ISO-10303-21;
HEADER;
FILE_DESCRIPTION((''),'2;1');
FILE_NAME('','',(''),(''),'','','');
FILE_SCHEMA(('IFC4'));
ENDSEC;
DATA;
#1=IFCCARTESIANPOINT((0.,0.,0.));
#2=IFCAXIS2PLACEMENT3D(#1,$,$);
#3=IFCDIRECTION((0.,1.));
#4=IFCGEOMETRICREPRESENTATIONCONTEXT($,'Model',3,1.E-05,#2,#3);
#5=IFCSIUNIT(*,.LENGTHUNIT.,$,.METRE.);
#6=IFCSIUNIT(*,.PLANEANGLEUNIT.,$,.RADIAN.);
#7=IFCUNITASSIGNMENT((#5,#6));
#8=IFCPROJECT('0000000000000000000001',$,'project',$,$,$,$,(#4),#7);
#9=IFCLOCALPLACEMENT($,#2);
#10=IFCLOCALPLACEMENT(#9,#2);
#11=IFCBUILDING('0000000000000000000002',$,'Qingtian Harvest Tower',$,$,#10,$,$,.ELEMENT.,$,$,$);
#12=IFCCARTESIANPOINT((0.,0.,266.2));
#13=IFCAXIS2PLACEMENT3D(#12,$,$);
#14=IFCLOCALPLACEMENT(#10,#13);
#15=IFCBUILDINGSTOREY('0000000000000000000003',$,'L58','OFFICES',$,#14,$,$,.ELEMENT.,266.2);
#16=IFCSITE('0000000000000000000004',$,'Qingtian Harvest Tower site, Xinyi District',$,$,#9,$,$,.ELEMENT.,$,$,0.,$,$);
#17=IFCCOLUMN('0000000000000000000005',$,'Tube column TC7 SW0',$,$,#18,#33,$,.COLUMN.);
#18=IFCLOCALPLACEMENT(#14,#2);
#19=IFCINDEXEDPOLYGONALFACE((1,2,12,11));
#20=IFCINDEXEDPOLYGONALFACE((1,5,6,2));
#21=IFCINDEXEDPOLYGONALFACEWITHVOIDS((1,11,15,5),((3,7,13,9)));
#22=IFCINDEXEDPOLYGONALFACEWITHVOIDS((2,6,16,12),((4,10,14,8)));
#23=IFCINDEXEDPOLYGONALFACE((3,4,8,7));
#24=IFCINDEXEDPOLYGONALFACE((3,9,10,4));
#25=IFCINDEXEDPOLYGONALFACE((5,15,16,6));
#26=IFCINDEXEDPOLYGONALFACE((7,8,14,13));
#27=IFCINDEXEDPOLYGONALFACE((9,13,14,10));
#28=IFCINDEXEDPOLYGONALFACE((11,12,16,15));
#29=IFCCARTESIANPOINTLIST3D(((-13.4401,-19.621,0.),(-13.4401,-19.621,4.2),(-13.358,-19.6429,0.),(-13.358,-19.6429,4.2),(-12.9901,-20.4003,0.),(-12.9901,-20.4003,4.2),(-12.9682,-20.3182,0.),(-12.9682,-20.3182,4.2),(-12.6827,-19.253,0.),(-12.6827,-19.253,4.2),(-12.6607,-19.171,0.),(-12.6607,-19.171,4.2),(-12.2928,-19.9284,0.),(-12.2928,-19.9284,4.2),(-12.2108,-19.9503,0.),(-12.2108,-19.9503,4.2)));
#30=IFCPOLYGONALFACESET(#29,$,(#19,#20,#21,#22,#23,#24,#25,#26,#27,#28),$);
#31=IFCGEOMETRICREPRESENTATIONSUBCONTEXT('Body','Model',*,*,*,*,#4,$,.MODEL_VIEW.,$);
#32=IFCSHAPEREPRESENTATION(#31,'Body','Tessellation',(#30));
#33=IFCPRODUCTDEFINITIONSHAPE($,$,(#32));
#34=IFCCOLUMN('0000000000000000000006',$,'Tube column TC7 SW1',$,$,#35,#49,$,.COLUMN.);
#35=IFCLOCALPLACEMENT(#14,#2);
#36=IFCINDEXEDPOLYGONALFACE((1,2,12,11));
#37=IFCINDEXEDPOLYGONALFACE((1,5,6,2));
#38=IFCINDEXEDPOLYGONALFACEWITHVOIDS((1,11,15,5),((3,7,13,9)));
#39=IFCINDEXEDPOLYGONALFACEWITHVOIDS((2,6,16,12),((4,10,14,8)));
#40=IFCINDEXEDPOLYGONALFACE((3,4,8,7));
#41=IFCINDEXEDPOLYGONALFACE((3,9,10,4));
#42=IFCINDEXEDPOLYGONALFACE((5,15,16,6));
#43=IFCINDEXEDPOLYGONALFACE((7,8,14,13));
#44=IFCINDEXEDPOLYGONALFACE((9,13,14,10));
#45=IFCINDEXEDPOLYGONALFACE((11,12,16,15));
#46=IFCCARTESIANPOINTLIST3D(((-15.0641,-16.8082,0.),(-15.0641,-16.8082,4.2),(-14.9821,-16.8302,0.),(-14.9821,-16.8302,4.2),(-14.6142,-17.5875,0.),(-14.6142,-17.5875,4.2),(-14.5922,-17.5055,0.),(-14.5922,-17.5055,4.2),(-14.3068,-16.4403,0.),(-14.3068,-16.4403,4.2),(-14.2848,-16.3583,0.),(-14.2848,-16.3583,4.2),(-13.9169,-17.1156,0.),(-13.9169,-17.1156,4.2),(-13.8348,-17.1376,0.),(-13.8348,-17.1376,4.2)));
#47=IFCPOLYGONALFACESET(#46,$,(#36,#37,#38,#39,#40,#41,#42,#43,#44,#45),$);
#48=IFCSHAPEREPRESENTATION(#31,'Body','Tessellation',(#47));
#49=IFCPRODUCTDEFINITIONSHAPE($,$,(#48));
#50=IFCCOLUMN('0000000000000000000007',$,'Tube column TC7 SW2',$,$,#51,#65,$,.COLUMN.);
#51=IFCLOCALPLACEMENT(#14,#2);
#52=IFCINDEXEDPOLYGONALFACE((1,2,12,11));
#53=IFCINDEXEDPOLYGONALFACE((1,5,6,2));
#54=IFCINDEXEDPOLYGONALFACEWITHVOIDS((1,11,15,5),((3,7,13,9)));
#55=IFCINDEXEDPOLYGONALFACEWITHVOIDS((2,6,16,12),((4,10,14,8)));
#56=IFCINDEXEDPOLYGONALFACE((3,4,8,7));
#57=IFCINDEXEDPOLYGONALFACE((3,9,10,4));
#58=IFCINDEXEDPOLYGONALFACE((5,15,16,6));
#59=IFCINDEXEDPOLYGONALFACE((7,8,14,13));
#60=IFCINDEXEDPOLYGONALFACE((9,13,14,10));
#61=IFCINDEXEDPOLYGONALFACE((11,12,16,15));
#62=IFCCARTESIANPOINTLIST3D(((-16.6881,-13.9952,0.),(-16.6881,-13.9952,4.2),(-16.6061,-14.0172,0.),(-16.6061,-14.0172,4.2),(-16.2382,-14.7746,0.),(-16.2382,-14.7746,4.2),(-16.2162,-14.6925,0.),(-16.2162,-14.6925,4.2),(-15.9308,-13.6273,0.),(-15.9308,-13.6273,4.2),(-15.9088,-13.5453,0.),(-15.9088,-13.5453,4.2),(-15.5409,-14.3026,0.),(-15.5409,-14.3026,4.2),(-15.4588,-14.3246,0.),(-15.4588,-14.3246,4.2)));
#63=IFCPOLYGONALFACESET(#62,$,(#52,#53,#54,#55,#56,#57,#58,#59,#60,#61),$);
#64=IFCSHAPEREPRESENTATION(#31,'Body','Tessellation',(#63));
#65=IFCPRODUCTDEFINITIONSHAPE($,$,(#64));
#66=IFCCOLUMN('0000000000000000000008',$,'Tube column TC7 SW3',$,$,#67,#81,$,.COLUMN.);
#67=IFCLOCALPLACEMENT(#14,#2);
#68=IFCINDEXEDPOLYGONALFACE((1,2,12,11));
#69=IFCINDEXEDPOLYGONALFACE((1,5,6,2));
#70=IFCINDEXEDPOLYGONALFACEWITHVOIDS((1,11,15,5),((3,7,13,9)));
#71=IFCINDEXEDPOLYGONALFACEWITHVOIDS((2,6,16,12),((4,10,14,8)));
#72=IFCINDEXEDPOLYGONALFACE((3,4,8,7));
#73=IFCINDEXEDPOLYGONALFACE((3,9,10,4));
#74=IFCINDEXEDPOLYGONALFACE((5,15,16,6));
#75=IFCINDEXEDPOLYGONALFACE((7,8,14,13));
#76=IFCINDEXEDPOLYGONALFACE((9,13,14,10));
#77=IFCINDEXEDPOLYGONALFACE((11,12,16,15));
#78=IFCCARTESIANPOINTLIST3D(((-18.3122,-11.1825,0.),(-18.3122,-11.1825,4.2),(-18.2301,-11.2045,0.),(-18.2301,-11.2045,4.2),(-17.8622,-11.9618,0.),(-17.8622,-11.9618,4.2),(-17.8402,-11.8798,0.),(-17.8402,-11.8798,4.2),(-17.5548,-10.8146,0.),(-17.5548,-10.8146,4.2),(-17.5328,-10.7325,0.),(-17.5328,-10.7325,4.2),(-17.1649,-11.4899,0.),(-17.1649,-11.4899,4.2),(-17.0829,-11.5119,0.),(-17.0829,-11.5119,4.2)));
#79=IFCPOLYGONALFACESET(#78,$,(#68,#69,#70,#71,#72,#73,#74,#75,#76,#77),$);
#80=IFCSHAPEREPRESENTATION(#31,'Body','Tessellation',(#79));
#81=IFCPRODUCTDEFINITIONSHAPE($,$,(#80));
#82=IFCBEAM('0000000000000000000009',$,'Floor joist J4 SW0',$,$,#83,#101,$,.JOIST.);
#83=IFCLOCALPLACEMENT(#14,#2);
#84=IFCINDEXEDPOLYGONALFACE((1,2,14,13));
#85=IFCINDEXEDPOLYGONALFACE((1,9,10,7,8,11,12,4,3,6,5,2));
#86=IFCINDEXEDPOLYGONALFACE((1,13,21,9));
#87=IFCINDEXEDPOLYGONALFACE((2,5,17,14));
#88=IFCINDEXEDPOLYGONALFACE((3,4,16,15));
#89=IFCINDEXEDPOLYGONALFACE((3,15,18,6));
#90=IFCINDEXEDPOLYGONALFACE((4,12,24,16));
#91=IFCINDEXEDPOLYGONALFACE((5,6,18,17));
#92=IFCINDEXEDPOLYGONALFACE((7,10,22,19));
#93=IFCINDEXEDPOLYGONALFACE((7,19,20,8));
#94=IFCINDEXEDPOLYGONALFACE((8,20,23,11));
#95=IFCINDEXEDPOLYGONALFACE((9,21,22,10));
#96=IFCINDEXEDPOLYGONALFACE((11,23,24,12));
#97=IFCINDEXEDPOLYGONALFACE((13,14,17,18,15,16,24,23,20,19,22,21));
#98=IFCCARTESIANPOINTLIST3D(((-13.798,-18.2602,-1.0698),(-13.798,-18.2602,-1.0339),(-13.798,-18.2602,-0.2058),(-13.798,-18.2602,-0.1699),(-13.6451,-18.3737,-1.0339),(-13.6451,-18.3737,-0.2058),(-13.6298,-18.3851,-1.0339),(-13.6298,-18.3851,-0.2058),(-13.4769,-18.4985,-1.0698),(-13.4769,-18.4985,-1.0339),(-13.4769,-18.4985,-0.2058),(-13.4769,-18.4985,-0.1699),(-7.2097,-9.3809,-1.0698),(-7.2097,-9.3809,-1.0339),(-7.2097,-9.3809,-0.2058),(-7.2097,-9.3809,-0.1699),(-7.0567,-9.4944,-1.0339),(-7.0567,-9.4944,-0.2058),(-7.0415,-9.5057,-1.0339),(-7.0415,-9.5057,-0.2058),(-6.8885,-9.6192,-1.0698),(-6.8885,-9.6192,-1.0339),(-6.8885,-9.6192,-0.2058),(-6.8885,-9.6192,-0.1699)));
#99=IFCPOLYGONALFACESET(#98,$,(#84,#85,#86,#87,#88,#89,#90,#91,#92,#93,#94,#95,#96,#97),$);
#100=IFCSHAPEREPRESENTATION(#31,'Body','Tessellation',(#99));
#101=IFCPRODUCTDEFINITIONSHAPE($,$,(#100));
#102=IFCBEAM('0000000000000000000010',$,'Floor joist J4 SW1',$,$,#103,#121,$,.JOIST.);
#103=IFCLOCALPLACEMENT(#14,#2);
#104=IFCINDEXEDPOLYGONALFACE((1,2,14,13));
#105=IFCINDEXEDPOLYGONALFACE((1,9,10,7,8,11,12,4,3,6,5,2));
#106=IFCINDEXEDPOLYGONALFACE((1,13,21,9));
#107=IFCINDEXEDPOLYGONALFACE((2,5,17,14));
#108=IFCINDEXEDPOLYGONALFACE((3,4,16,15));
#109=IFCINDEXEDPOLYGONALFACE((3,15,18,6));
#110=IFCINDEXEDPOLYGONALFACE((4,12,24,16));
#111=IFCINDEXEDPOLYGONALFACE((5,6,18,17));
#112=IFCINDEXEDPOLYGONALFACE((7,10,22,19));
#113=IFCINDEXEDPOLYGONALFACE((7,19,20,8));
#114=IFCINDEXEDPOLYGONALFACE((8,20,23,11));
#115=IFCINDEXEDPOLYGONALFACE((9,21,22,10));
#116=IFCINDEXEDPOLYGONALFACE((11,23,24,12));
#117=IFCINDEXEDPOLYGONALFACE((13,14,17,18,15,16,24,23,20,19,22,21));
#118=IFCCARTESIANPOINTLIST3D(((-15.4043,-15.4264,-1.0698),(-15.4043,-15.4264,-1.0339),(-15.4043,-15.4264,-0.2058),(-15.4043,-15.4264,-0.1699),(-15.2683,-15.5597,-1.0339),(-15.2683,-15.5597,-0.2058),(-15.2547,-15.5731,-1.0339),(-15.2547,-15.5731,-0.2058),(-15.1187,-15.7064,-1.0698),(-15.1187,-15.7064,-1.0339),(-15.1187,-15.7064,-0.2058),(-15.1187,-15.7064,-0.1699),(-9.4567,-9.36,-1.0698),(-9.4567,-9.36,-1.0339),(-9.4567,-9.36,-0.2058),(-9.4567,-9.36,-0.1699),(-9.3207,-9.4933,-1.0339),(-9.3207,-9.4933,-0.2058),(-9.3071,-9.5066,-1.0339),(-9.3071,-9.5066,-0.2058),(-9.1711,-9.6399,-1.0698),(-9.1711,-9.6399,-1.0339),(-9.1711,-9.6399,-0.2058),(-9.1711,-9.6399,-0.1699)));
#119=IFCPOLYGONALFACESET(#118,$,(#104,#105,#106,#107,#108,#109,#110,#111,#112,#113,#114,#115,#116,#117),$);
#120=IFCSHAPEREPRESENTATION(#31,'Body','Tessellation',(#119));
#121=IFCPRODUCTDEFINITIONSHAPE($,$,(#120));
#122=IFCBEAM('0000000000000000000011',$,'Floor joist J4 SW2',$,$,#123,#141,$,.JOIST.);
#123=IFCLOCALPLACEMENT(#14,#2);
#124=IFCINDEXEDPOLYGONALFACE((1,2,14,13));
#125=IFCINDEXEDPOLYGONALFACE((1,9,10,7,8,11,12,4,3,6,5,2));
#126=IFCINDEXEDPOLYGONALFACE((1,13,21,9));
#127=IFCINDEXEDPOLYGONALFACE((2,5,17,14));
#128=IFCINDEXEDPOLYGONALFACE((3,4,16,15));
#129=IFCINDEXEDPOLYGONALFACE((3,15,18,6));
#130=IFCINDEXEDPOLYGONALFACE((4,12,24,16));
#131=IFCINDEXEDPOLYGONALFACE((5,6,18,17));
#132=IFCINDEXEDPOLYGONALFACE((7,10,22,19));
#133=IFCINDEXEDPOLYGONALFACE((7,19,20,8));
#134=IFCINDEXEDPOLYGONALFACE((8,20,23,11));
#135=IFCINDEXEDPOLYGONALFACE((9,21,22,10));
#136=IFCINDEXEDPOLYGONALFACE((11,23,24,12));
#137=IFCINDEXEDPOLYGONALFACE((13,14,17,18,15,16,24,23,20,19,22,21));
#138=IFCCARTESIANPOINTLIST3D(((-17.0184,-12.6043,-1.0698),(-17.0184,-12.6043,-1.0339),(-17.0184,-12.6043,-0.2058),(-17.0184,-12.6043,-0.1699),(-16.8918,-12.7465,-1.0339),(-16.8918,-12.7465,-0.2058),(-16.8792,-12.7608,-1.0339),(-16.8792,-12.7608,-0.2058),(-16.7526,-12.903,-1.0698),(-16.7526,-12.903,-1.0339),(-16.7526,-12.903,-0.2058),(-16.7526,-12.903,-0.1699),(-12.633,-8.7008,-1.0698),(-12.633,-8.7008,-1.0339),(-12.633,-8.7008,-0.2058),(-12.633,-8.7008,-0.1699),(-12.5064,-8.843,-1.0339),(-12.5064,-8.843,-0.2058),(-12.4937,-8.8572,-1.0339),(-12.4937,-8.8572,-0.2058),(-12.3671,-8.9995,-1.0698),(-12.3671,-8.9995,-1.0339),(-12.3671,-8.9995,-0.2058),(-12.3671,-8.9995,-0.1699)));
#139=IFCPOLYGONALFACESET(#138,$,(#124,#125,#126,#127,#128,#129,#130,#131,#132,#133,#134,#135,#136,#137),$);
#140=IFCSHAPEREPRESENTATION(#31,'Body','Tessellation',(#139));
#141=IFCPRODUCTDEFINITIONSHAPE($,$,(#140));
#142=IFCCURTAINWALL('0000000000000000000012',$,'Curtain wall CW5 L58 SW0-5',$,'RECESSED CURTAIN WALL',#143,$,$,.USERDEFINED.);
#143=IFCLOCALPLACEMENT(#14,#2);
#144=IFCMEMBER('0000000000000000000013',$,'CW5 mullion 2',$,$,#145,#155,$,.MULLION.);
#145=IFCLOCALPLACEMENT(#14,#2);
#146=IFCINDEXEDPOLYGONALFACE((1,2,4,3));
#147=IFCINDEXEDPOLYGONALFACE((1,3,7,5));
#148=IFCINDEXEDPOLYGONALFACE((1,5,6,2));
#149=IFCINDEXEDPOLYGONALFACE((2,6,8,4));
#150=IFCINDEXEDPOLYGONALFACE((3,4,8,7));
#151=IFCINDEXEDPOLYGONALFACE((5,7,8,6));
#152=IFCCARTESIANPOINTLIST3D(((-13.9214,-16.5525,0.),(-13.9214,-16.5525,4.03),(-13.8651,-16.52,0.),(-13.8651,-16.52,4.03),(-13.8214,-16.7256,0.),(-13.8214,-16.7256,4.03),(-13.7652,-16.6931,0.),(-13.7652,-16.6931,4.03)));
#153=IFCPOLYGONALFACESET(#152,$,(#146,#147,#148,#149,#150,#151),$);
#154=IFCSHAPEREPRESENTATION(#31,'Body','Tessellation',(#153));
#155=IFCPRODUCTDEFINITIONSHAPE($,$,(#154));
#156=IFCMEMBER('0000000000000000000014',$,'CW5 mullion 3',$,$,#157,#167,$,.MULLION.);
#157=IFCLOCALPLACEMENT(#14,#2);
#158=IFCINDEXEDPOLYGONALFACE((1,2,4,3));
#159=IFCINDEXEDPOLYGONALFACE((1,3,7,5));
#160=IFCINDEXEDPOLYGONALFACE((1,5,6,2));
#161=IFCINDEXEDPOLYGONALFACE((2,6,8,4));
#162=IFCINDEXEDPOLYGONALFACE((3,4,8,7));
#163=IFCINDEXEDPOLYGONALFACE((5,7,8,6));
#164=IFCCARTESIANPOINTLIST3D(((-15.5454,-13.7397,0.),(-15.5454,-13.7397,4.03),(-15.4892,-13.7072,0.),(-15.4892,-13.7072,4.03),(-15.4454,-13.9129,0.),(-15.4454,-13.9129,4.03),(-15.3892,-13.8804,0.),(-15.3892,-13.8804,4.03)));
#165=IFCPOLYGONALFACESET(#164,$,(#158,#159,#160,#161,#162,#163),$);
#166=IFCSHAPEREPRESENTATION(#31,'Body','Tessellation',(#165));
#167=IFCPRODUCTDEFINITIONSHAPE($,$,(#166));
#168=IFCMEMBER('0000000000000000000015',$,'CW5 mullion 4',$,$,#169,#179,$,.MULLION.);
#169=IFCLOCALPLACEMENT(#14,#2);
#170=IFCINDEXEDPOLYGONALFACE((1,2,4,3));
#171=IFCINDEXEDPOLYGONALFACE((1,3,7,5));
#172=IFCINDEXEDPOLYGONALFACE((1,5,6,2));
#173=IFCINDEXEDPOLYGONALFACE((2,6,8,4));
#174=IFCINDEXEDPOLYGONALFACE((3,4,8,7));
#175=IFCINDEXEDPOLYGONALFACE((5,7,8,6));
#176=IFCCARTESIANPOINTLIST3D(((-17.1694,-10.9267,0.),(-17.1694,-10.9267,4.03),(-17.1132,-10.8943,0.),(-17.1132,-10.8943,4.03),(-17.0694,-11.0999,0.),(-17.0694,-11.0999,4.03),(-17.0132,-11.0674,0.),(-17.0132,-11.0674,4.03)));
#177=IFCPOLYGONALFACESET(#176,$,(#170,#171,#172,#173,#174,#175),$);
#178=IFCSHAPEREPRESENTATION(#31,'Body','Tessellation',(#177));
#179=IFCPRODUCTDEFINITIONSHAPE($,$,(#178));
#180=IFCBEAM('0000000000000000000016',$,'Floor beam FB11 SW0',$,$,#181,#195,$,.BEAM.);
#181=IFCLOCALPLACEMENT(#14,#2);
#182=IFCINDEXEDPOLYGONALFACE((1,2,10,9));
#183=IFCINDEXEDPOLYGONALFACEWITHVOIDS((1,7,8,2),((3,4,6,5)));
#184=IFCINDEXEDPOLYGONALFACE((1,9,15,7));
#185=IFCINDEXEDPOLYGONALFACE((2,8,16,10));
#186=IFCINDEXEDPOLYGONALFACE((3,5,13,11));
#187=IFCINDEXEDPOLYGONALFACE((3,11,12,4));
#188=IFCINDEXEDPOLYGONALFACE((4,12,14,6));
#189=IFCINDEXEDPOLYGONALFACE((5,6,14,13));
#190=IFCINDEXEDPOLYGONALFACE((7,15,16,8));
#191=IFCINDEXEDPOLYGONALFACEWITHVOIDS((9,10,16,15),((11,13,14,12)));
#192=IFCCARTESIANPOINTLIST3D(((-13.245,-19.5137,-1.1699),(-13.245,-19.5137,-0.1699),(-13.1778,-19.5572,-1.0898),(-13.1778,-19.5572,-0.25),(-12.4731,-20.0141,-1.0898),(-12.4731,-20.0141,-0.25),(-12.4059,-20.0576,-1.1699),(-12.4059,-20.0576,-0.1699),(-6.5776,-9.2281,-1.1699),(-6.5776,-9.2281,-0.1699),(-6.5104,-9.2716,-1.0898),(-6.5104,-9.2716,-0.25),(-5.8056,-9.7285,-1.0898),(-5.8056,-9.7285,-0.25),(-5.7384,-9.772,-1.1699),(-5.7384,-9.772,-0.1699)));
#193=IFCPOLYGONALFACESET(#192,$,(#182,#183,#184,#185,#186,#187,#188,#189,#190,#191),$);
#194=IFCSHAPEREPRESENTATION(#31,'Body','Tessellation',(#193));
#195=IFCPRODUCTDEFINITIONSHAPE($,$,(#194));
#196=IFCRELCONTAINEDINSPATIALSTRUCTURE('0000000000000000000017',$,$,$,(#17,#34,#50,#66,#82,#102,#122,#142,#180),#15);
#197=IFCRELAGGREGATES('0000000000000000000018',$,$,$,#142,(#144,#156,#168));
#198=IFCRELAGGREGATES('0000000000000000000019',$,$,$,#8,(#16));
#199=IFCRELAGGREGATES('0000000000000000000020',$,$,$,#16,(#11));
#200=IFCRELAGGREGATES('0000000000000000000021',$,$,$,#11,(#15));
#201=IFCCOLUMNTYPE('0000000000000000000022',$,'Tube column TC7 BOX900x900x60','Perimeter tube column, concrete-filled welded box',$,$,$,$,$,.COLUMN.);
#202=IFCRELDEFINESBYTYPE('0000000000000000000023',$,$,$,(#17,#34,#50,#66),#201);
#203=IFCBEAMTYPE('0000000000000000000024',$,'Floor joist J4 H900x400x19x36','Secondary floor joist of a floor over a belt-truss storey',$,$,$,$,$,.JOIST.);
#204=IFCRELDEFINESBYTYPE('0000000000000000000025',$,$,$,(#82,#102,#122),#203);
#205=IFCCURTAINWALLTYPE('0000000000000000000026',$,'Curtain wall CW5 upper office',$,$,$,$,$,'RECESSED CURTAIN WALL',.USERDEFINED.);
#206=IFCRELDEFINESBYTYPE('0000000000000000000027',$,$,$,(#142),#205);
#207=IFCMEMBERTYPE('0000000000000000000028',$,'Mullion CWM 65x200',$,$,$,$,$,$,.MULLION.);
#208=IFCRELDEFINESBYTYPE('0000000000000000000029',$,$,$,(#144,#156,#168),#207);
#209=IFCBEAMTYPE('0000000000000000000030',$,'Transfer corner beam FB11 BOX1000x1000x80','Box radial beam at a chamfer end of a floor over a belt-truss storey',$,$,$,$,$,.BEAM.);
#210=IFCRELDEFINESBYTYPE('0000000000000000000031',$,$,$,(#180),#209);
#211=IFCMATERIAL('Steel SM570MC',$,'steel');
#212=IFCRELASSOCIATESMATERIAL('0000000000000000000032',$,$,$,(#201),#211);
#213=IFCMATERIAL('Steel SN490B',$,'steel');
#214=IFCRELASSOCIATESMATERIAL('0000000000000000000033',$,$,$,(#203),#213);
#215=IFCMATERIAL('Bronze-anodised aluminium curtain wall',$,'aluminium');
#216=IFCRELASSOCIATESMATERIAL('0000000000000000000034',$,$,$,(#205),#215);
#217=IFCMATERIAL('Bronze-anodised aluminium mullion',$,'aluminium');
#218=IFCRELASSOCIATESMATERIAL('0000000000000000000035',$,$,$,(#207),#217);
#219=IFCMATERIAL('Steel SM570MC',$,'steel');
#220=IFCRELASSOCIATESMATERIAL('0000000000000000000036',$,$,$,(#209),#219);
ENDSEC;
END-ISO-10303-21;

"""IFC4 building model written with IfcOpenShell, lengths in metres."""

from ifc_helpers import new_model, si_unit, direction, frame, origin, origin_2d, place, context, subcontext, project, spatial, rectangle, hollow_rectangle, i_section, extrude, material, material_profile, profile_set, type_object, element, aggregate, save


model = new_model("IFC4")

# Units and contexts
model_context = context("Model", 3, precision=1e-05, world=origin(), true_north=direction((0.0, 1.0)))
body_context = subcontext(model_context, "Body", "Model", "MODEL_VIEW")
ifc_project = project(units=[si_unit("LENGTHUNIT", "METRE"), si_unit("PLANEANGLEUNIT", "RADIAN")], contexts=[model_context])

# Site, building, storey
site_placement = place(None, origin())
site = spatial("IfcSite", under=ifc_project, at=site_placement, Name="Qingtian Harvest Tower site, Xinyi District", CompositionType="ELEMENT", RefElevation=0.0)
building_placement = place(site_placement, origin())
building = spatial("IfcBuilding", under=site, at=building_placement, Name="Qingtian Harvest Tower", CompositionType="ELEMENT")
storey_placement = place(building_placement, frame((0.0, 0.0, 266.2)))
storey = spatial("IfcBuildingStorey", under=building, at=storey_placement, Name="L58", Description="OFFICES", CompositionType="ELEMENT", Elevation=266.2)

# Columns
ifc_material_1 = material(Name="Steel SM570MC", Category="steel")
ifc_material_profile_1 = material_profile(ifc_material_1, hollow_rectangle(XDim=0.8999, YDim=0.8999, WallThickness=0.0601, at=origin_2d()), Name="BOX900x900x60")
ifc_profile_set_1 = profile_set([ifc_material_profile_1], Name="Steel SM570MC")
column_type = type_object("IfcColumnType", Name="Tube column TC7 BOX900x900x60", Description="Perimeter tube column, concrete-filled welded box", PredefinedType="COLUMN", material=ifc_profile_set_1)
for number, where, z_axis, x_axis, name in (
    (1, (-12.8254, -19.7856, 0.0), (0.0, 0.0, 1.0), (0.5, -0.866025, 0.0), "Tube column TC7 SW0"),
    (2, (-14.4495, -16.9729, 0.0), (0.0, 0.0, 1.0), (0.5, -0.866025, 0.0), "Tube column TC7 SW1"),
    (3, (-16.0735, -14.1599, 0.0), (0.0, 0.0, 1.0), (0.5, -0.866025, 0.0), "Tube column TC7 SW2"),
    (4, (-17.6975, -11.3472, 0.0), (0.0, 0.0, 1.0), (0.5, -0.866025, 0.0), "Tube column TC7 SW3"),
):
    element("IfcColumn", number, at=place(storey_placement, frame(where, z_axis=z_axis, x_axis=x_axis)), inside=storey, type_object=column_type, Name=name, PredefinedType="COLUMN", context=body_context, shape_type="SweptSolid", body=[
        extrude(hollow_rectangle(XDim=0.8999, YDim=0.8999, WallThickness=0.0601, at=origin_2d()), origin(), (0.0, 0.0, 1.0), 4.2),
    ])

# Beams
ifc_material_2 = material(Name="Steel SN490B", Category="steel")
ifc_material_profile_2 = material_profile(ifc_material_2, i_section(OverallWidth=0.3999, OverallDepth=0.8999, WebThickness=0.019, FlangeThickness=0.0359, at=origin_2d()), Name="H900x400x19x36")
ifc_profile_set_2 = profile_set([ifc_material_profile_2], Name="Steel SN490B")
beam_type_1 = type_object("IfcBeamType", Name="Floor joist J4 H900x400x19x36", Description="Secondary floor joist of a floor over a belt-truss storey", PredefinedType="JOIST", material=ifc_profile_set_2)
beam_1_placement = place(storey_placement, frame((-13.6375, -18.3794, -0.6199), z_axis=(0.595873, 0.803079, 0.0), x_axis=(-0.803079, 0.595873, 0.0)))
element("IfcBeam", 5, at=beam_1_placement, inside=storey, type_object=beam_type_1, Name="Floor joist J4 SW0", PredefinedType="JOIST", context=body_context, shape_type="SweptSolid", body=[
    extrude(i_section(OverallWidth=0.3999, OverallDepth=0.8999, WebThickness=0.019, FlangeThickness=0.0359, at=origin_2d()), origin(), (0.0, 0.0, 1.0), 11.0566),
])
beam_2_placement = place(storey_placement, frame((-15.2615, -15.5664, -0.6199), z_axis=(0.700075, 0.71407, 0.0), x_axis=(-0.71407, 0.700075, 0.0)))
element("IfcBeam", 6, at=beam_2_placement, inside=storey, type_object=beam_type_1, Name="Floor joist J4 SW1", PredefinedType="JOIST", context=body_context, shape_type="SweptSolid", body=[
    extrude(i_section(OverallWidth=0.3999, OverallDepth=0.8999, WebThickness=0.019, FlangeThickness=0.0359, at=origin_2d()), origin(), (0.0, 0.0, 1.0), 8.4956),
])
beam_3_placement = place(storey_placement, frame((-16.8855, -12.7537, -0.6199), z_axis=(0.746957, 0.664872, 0.0), x_axis=(-0.664872, 0.746957, 0.0)))
element("IfcBeam", 7, at=beam_3_placement, inside=storey, type_object=beam_type_1, Name="Floor joist J4 SW2", PredefinedType="JOIST", context=body_context, shape_type="SweptSolid", body=[
    extrude(i_section(OverallWidth=0.3999, OverallDepth=0.8999, WebThickness=0.019, FlangeThickness=0.0359, at=origin_2d()), origin(), (0.0, 0.0, 1.0), 5.8711),
])

# Curtain wall, members
ifc_material_3 = material(Name="Bronze-anodised aluminium curtain wall", Category="aluminium")
curtain_wall_type = type_object("IfcCurtainWallType", Name="Curtain wall CW5 upper office", ElementType="RECESSED CURTAIN WALL", PredefinedType="USERDEFINED", material=ifc_material_3)
curtain_wall_placement = place(storey_placement, origin())
curtain_wall = element("IfcCurtainWall", 8, at=curtain_wall_placement, inside=storey, type_object=curtain_wall_type, Name="Curtain wall CW5 L58 SW0-5", ObjectType="RECESSED CURTAIN WALL", PredefinedType="USERDEFINED")
ifc_material_4 = material(Name="Bronze-anodised aluminium mullion", Category="aluminium")
ifc_material_profile_3 = material_profile(ifc_material_4, rectangle(XDim=0.0649, YDim=0.2, at=origin_2d()), Name="AL 65x200")
ifc_profile_set_3 = profile_set([ifc_material_profile_3], Name="Bronze-anodised aluminium mullion")
member_type_1 = type_object("IfcMemberType", Name="Mullion CWM 65x200", PredefinedType="MULLION", material=ifc_profile_set_3)
member_1_placement = place(storey_placement, frame((-13.8433, -16.6228, 0.0), z_axis=(0.0, 0.0, 1.0), x_axis=(-0.866025, -0.5, 0.0)))
member_1 = element("IfcMember", 9, at=member_1_placement, type_object=member_type_1, Name="CW5 mullion 2", PredefinedType="MULLION", context=body_context, shape_type="SweptSolid", body=[
    extrude(rectangle(XDim=0.0649, YDim=0.2, at=origin_2d()), origin(), (0.0, 0.0, 1.0), 4.03),
])
member_2_placement = place(storey_placement, frame((-15.4673, -13.8101, 0.0), z_axis=(0.0, 0.0, 1.0), x_axis=(-0.866025, -0.5, 0.0)))
member_2 = element("IfcMember", 10, at=member_2_placement, type_object=member_type_1, Name="CW5 mullion 3", PredefinedType="MULLION", context=body_context, shape_type="SweptSolid", body=[
    extrude(rectangle(XDim=0.0649, YDim=0.2, at=origin_2d()), origin(), (0.0, 0.0, 1.0), 4.03),
])
member_3_placement = place(storey_placement, frame((-17.0913, -10.9971, 0.0), z_axis=(0.0, 0.0, 1.0), x_axis=(-0.866025, -0.5, 0.0)))
member_3 = element("IfcMember", 11, at=member_3_placement, type_object=member_type_1, Name="CW5 mullion 4", PredefinedType="MULLION", context=body_context, shape_type="SweptSolid", body=[
    extrude(rectangle(XDim=0.0649, YDim=0.2, at=origin_2d()), origin(), (0.0, 0.0, 1.0), 4.03),
])

# Beam
ifc_material_5 = material(Name="Steel SM570MC", Category="steel")
ifc_material_profile_4 = material_profile(ifc_material_5, hollow_rectangle(XDim=1.0, YDim=1.0, WallThickness=0.0801, at=origin_2d()), Name="BOX1000x1000x80")
ifc_profile_set_4 = profile_set([ifc_material_profile_4], Name="Steel SM570MC")
beam_type_2 = type_object("IfcBeamType", Name="Transfer corner beam FB11 BOX1000x1000x80", Description="Box radial beam at a chamfer end of a floor over a belt-truss storey", PredefinedType="BEAM", material=ifc_profile_set_4)
beam_4_placement = place(storey_placement, frame((-12.8254, -19.7856, -0.6699), z_axis=(0.543945, 0.839121, 0.0), x_axis=(-0.839121, 0.543945, 0.0)))
element("IfcBeam", 12, at=beam_4_placement, inside=storey, type_object=beam_type_2, Name="Floor beam FB11 SW0", PredefinedType="BEAM", context=body_context, shape_type="SweptSolid", body=[
    extrude(hollow_rectangle(XDim=1.0, YDim=1.0, WallThickness=0.0801, at=origin_2d()), origin(), (0.0, 0.0, 1.0), 12.2576),
])

aggregate(curtain_wall, [member_1, member_2, member_3])

save(model, "model.ifc")
